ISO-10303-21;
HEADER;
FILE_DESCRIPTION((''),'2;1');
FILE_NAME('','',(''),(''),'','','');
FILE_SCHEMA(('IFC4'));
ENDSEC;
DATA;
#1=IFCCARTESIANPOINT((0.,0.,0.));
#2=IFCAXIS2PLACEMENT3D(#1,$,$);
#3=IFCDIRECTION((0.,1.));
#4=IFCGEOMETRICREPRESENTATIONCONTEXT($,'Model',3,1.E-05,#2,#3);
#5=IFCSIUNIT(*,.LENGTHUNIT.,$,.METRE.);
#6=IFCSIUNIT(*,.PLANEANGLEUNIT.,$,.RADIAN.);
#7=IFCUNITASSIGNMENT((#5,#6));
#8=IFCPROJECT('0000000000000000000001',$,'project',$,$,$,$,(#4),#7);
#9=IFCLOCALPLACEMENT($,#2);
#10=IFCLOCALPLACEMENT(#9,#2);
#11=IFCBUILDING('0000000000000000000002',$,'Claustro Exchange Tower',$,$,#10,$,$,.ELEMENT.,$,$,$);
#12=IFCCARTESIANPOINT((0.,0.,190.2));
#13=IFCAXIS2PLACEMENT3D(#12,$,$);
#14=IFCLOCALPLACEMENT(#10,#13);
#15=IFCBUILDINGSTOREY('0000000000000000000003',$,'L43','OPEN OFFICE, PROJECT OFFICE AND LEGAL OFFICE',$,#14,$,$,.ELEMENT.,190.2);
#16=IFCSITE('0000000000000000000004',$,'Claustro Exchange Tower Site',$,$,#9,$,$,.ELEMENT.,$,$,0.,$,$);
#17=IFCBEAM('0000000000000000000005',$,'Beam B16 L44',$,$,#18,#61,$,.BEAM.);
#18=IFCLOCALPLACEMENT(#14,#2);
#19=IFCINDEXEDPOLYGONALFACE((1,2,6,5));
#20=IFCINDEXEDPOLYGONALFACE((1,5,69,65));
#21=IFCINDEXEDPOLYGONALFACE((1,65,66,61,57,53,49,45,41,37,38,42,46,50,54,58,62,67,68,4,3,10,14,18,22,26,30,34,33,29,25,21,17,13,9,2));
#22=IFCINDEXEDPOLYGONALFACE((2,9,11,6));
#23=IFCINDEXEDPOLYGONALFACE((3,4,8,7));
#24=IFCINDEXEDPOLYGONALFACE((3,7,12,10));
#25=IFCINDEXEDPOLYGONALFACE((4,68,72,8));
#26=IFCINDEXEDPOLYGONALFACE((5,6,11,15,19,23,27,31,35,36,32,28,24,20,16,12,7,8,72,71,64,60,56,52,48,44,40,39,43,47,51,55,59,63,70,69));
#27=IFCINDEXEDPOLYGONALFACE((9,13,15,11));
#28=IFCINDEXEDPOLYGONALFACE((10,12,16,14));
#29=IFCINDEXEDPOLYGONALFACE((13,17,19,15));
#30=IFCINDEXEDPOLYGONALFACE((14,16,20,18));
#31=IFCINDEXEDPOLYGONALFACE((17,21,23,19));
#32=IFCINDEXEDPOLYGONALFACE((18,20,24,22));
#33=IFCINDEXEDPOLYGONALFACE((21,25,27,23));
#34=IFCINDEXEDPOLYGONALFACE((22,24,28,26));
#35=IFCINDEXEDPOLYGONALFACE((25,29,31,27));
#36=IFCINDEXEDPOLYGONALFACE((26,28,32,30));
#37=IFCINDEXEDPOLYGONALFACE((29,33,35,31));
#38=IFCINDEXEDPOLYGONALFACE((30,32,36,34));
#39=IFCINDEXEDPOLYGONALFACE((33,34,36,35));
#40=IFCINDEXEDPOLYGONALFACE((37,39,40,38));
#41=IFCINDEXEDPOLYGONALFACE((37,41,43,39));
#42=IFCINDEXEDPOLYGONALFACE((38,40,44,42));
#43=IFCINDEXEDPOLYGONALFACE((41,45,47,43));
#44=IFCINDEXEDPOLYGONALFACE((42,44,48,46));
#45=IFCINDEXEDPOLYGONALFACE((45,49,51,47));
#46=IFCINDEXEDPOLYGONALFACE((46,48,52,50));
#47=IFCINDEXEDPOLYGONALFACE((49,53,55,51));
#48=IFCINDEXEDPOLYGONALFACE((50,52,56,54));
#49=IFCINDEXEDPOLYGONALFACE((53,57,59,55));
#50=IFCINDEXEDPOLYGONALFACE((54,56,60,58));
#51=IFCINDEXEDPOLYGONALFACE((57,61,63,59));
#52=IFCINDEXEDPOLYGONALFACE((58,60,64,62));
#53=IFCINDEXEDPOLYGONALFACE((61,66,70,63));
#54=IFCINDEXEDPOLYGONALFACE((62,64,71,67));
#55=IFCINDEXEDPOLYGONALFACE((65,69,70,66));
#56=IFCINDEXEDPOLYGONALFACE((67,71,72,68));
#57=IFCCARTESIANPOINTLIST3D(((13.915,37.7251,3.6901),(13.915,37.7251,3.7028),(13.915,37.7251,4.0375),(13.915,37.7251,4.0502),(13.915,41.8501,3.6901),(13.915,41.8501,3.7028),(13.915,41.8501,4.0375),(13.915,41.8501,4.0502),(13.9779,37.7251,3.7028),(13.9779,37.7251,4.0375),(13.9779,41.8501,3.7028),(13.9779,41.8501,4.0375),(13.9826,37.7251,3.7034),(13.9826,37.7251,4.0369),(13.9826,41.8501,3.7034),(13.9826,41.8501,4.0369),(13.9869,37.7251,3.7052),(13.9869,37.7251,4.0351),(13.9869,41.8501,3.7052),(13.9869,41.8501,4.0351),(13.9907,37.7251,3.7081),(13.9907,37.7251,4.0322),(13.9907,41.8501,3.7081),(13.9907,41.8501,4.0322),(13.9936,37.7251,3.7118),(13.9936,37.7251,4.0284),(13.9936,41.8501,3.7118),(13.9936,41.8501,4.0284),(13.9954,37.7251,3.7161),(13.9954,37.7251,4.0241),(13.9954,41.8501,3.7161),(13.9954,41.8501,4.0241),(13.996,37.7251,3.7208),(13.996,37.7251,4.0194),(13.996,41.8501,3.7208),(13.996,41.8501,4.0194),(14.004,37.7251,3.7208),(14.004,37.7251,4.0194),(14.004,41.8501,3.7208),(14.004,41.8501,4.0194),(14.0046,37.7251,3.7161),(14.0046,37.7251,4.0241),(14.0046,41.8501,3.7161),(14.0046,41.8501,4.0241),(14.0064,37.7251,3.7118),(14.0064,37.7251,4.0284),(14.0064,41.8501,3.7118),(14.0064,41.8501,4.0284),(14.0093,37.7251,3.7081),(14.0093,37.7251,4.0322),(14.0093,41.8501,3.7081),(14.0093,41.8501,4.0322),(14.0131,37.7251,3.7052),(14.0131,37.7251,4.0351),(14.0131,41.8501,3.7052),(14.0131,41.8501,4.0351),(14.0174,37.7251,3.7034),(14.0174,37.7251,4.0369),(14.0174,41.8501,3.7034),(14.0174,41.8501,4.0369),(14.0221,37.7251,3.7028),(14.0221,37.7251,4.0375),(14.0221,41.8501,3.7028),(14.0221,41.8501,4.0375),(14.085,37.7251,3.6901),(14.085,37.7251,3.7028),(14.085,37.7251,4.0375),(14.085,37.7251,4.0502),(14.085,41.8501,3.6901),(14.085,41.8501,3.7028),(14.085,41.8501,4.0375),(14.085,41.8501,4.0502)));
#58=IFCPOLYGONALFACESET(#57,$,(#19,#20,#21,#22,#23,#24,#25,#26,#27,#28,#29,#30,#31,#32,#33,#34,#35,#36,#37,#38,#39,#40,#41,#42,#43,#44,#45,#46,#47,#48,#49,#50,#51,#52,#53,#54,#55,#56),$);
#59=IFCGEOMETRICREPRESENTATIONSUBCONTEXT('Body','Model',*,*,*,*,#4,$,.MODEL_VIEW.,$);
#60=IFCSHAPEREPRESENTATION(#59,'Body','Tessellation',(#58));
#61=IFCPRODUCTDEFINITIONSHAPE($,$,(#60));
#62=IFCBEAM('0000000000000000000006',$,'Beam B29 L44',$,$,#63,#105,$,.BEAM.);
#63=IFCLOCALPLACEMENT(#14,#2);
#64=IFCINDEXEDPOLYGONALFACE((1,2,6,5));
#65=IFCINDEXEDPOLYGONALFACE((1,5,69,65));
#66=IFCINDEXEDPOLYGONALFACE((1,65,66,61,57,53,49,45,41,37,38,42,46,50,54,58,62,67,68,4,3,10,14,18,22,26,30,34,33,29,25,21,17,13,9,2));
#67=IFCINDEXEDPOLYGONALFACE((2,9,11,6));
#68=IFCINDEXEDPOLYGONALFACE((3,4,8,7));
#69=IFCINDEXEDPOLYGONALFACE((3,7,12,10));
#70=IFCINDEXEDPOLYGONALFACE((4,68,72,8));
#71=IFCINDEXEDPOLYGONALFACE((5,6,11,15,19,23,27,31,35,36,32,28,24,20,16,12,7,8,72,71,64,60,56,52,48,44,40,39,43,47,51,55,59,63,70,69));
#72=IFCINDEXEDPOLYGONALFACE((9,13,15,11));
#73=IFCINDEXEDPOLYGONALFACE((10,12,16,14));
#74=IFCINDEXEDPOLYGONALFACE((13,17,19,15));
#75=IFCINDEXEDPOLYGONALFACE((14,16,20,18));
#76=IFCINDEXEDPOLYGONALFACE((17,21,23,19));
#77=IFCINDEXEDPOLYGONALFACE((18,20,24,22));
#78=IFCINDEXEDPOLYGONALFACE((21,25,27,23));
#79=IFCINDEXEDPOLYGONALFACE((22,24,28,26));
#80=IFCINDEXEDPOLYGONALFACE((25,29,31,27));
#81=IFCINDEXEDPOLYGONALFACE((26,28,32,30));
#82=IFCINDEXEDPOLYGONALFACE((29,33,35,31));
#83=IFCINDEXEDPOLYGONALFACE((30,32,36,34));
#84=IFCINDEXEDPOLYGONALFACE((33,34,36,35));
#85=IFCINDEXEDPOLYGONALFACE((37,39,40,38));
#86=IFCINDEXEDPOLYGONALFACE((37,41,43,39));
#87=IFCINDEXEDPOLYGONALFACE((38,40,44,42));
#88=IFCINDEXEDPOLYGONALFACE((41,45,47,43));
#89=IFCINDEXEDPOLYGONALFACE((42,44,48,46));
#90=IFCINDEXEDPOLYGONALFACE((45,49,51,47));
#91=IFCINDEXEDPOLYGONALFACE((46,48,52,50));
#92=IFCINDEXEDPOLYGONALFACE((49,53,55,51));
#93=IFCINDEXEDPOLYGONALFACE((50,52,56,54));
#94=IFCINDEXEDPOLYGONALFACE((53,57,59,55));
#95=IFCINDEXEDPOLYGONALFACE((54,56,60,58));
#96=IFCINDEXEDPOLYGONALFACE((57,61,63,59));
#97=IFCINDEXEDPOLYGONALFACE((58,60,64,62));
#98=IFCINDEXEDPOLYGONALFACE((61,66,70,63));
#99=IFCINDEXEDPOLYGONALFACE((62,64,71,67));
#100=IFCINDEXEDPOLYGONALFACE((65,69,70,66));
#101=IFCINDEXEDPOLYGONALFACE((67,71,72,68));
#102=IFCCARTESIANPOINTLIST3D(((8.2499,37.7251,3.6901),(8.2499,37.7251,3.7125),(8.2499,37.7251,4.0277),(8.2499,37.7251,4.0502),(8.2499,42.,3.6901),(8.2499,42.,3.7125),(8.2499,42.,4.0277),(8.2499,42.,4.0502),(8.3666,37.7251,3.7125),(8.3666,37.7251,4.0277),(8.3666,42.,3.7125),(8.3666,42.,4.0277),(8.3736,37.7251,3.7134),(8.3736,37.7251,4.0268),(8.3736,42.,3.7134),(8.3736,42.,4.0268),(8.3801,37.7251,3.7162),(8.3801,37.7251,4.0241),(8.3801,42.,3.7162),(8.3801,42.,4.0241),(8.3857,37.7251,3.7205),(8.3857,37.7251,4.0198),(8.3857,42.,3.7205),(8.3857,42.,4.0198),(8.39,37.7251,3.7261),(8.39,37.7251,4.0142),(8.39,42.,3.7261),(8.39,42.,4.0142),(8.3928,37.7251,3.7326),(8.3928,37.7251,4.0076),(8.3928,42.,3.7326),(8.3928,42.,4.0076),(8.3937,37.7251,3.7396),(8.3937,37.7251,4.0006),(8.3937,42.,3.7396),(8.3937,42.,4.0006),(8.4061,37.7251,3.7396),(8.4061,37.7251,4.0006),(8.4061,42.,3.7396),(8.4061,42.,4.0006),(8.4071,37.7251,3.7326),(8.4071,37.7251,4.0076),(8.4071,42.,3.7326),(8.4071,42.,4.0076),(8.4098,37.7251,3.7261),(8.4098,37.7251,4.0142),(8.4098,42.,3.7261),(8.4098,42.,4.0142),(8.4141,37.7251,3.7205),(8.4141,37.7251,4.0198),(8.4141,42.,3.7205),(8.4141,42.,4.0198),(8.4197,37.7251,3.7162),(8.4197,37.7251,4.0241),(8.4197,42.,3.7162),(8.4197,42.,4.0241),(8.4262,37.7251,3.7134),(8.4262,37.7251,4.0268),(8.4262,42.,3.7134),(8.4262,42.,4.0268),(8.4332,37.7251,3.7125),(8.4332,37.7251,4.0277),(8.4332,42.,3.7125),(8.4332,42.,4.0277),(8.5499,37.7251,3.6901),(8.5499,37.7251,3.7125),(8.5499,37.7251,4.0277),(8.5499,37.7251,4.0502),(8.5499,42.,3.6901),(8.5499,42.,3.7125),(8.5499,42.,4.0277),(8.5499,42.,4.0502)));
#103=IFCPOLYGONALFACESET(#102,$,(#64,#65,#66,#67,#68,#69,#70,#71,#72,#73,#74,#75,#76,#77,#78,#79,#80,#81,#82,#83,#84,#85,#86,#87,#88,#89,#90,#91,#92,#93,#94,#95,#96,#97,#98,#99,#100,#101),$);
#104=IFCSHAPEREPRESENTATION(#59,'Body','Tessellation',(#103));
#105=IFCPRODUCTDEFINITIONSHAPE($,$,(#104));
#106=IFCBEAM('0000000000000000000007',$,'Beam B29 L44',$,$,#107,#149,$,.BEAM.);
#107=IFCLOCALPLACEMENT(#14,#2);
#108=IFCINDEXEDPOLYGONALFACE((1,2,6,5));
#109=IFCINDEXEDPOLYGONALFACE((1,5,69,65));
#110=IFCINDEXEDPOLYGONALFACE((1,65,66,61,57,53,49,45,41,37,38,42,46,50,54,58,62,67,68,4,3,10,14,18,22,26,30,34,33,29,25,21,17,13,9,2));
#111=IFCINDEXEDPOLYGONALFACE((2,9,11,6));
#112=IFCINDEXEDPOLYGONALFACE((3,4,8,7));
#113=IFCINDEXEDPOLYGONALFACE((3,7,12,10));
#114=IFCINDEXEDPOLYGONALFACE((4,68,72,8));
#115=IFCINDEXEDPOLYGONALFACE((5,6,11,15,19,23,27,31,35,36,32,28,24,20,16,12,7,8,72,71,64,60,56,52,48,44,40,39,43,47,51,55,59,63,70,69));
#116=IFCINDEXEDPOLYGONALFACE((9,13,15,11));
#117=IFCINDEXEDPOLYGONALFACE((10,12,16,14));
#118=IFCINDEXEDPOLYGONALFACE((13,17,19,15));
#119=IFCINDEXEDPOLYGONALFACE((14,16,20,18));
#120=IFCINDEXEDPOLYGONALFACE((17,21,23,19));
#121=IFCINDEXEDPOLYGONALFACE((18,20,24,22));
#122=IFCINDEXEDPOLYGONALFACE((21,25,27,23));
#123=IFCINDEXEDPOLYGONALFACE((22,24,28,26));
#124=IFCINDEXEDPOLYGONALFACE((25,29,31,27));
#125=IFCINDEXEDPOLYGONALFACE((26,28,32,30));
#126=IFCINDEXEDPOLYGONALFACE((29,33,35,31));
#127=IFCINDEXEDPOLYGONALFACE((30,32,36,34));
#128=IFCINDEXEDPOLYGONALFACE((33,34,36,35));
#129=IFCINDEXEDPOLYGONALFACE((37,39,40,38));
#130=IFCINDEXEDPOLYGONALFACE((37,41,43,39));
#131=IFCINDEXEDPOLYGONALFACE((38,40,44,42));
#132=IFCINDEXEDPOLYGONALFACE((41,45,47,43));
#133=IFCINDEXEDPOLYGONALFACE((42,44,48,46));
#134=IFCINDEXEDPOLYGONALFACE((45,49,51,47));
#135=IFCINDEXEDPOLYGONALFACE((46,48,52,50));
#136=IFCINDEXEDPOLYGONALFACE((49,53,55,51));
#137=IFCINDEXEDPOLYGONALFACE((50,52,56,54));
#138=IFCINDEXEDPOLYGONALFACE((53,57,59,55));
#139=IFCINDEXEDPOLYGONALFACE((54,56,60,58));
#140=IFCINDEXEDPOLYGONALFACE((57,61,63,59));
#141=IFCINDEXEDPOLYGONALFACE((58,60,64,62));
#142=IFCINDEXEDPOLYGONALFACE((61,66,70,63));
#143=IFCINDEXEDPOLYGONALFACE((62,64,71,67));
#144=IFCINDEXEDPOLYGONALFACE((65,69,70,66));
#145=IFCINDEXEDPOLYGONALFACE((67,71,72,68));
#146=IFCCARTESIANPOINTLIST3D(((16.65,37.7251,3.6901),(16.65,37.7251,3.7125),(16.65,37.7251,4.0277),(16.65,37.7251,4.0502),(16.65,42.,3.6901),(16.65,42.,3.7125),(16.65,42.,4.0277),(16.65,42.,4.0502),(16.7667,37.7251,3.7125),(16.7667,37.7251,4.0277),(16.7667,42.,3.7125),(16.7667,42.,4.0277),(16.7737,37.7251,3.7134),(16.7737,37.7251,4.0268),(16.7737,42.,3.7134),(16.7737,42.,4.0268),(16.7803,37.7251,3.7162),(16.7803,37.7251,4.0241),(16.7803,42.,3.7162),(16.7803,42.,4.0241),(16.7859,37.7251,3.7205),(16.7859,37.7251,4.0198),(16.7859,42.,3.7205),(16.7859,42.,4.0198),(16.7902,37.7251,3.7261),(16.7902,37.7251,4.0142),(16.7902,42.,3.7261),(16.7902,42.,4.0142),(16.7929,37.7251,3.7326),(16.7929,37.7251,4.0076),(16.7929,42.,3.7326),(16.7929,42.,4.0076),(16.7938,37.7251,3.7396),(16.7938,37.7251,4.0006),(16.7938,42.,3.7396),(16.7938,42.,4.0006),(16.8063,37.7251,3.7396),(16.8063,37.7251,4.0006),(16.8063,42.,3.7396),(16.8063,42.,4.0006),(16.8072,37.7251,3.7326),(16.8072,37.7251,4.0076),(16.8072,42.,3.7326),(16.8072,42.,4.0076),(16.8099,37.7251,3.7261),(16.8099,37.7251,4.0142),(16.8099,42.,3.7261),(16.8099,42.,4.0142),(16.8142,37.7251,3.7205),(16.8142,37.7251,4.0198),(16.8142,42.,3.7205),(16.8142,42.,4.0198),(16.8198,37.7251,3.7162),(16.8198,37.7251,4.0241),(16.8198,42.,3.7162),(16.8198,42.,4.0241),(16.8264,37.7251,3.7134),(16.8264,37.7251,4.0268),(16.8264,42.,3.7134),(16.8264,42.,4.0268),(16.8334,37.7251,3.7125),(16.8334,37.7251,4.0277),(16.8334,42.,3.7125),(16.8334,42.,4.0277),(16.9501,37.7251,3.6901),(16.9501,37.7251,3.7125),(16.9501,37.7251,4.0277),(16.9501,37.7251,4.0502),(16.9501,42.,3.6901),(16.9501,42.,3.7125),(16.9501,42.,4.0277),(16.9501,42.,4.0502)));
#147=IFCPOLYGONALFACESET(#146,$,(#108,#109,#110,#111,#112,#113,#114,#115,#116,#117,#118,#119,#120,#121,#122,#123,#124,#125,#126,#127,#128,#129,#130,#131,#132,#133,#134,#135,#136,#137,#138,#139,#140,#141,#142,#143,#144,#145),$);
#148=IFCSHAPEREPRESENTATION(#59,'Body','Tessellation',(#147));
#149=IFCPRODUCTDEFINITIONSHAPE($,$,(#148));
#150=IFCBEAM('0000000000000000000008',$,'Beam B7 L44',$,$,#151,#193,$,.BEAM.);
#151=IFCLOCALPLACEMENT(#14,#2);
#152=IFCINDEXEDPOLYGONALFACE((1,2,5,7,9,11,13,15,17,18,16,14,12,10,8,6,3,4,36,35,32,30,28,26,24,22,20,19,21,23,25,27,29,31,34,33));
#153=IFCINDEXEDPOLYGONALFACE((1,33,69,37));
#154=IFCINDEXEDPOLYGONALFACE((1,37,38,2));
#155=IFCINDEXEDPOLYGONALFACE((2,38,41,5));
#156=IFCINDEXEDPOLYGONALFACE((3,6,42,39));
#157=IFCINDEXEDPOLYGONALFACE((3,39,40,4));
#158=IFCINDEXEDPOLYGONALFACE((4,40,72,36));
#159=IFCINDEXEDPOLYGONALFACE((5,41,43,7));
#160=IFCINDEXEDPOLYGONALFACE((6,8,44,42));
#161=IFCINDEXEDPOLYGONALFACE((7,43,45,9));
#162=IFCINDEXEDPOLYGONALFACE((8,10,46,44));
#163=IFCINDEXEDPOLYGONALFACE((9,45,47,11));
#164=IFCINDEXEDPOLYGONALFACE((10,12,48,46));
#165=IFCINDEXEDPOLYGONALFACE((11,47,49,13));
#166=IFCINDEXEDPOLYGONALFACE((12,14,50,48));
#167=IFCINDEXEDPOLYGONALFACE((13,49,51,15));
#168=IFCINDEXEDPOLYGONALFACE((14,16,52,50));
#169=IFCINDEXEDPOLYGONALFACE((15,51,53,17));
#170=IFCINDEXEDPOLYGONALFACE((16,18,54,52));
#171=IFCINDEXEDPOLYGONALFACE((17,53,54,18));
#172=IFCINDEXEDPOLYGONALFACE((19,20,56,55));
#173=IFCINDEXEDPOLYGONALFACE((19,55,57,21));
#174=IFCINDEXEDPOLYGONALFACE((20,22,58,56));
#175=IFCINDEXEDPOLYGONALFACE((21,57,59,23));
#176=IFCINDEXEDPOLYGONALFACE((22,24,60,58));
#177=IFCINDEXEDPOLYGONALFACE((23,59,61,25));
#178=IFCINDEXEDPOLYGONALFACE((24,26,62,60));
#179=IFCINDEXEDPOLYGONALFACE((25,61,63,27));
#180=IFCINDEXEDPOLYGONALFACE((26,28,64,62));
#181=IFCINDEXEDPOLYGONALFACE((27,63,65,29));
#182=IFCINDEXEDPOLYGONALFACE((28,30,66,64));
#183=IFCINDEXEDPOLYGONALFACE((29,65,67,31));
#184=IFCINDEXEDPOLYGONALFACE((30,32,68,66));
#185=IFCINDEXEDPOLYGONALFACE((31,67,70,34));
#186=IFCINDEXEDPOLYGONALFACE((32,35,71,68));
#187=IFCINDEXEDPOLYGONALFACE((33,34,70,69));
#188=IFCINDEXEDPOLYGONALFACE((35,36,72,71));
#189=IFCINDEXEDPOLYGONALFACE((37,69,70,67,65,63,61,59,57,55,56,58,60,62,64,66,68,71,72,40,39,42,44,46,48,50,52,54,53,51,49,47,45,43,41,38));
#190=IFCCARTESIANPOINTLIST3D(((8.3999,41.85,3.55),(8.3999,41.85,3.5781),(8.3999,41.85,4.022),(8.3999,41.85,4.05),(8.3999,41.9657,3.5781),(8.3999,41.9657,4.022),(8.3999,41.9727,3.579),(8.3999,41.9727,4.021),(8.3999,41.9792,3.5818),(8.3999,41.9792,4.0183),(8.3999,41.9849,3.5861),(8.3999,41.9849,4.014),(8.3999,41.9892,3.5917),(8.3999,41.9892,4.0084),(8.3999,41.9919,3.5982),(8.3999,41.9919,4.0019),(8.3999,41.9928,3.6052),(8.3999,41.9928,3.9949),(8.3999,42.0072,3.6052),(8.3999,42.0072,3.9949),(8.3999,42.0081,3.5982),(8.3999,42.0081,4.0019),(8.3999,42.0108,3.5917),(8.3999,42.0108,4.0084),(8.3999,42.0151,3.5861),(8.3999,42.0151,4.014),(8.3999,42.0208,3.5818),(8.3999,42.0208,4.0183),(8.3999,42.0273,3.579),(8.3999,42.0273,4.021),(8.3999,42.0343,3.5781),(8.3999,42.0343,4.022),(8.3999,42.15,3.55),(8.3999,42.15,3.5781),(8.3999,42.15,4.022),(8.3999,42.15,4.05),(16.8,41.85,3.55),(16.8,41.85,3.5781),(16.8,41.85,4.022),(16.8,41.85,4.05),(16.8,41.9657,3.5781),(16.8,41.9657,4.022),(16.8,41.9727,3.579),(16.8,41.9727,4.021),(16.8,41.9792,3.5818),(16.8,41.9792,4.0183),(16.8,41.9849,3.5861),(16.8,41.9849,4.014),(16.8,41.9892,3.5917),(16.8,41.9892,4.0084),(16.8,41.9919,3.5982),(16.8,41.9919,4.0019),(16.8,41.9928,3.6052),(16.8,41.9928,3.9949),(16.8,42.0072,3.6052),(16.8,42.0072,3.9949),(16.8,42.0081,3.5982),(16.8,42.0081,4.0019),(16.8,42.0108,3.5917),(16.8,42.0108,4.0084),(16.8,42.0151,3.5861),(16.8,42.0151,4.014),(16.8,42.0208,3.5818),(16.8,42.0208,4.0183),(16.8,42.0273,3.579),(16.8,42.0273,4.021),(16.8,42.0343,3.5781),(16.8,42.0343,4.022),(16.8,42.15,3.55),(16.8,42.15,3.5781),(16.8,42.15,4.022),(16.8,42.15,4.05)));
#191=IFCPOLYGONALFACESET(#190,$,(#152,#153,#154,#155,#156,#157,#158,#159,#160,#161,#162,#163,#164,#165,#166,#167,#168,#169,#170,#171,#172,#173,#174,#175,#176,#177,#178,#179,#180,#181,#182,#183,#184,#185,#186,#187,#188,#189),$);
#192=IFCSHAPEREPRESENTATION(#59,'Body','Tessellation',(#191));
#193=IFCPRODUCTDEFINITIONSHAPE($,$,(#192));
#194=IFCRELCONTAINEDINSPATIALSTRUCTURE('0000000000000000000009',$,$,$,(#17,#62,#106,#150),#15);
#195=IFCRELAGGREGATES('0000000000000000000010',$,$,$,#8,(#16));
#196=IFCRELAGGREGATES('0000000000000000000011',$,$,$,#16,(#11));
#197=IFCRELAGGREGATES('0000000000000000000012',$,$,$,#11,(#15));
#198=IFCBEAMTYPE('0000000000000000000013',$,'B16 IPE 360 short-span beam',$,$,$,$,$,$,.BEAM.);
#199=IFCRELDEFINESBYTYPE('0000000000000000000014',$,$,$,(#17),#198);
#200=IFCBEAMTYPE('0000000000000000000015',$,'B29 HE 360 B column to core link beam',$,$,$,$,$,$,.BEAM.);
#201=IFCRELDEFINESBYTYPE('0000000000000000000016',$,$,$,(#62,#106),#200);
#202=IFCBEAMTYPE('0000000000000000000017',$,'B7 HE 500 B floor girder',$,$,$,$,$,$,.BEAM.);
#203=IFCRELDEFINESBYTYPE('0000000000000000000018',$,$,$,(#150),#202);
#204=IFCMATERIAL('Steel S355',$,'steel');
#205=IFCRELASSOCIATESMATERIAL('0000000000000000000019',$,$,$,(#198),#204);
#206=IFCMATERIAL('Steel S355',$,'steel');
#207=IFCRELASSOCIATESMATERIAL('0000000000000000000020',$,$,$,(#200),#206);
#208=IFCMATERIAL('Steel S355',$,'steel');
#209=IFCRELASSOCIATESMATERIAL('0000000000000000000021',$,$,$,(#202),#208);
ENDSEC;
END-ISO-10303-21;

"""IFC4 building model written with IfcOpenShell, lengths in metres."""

from ifc_helpers import new_model, si_unit, direction, frame, origin, origin_2d, place, context, subcontext, project, spatial, i_section, extrude, material, material_profile, profile_set, type_object, element, save


model = new_model("IFC4")

# Units and contexts
model_context = context("Model", 3, precision=1e-05, world=origin(), true_north=direction((0.0, 1.0)))
body_context = subcontext(model_context, "Body", "Model", "MODEL_VIEW")
ifc_project = project(units=[si_unit("LENGTHUNIT", "METRE"), si_unit("PLANEANGLEUNIT", "RADIAN")], contexts=[model_context])

# Site, building, storey
site_placement = place(None, origin())
site = spatial("IfcSite", under=ifc_project, at=site_placement, Name="Claustro Exchange Tower Site", CompositionType="ELEMENT", RefElevation=0.0)
building_placement = place(site_placement, origin())
building = spatial("IfcBuilding", under=site, at=building_placement, Name="Claustro Exchange Tower", CompositionType="ELEMENT")
storey_placement = place(building_placement, frame((0.0, 0.0, 190.2)))
storey = spatial("IfcBuildingStorey", under=building, at=storey_placement, Name="L43", Description="OPEN OFFICE, PROJECT OFFICE AND LEGAL OFFICE", CompositionType="ELEMENT", Elevation=190.2)

# Beams
ifc_material_1 = material(Name="Steel S355", Category="steel")
ifc_material_profile_1 = material_profile(ifc_material_1, i_section(OverallWidth=0.1699, OverallDepth=0.3601, WebThickness=0.0081, FlangeThickness=0.0127, FilletRadius=0.0181, at=origin_2d()), Name="IPE 360")
ifc_profile_set_1 = profile_set([ifc_material_profile_1], Name="Steel S355")
beam_type_1 = type_object("IfcBeamType", Name="B16 IPE 360 short-span beam", PredefinedType="BEAM", material=ifc_profile_set_1)
for number, where, z_axis, x_axis, name in (
    (1, (14.0, 37.7251, 3.8701), (0.0, 1.0, 0.0), (-1.0, 0.0, 0.0), "Beam B16 L44"),
):
    element("IfcBeam", number, at=place(storey_placement, frame(where, z_axis=z_axis, x_axis=x_axis)), inside=storey, type_object=beam_type_1, Name=name, PredefinedType="BEAM", context=body_context, shape_type="SweptSolid", body=[
        extrude(i_section(OverallWidth=0.1699, OverallDepth=0.3601, WebThickness=0.0081, FlangeThickness=0.0127, FilletRadius=0.0181, at=origin_2d()), origin(), (0.0, 0.0, 1.0), 4.125),
    ])
ifc_material_2 = material(Name="Steel S355", Category="steel")
ifc_material_profile_2 = material_profile(ifc_material_2, i_section(OverallWidth=0.3, OverallDepth=0.3601, WebThickness=0.0125, FlangeThickness=0.0225, FilletRadius=0.0271, at=origin_2d()), Name="HE 360 B")
ifc_profile_set_2 = profile_set([ifc_material_profile_2], Name="Steel S355")
beam_type_2 = type_object("IfcBeamType", Name="B29 HE 360 B column to core link beam", PredefinedType="BEAM", material=ifc_profile_set_2)
for number, where, z_axis, x_axis, name in (
    (2, (8.3999, 37.7251, 3.8701), (0.0, 1.0, 0.0), (-1.0, 0.0, 0.0), "Beam B29 L44"),
    (3, (16.8, 37.7251, 3.8701), (0.0, 1.0, 0.0), (-1.0, 0.0, 0.0), "Beam B29 L44"),
):
    element("IfcBeam", number, at=place(storey_placement, frame(where, z_axis=z_axis, x_axis=x_axis)), inside=storey, type_object=beam_type_2, Name=name, PredefinedType="BEAM", context=body_context, shape_type="SweptSolid", body=[
        extrude(i_section(OverallWidth=0.3, OverallDepth=0.3601, WebThickness=0.0125, FlangeThickness=0.0225, FilletRadius=0.0271, at=origin_2d()), origin(), (0.0, 0.0, 1.0), 4.2749),
    ])
ifc_material_3 = material(Name="Steel S355", Category="steel")
ifc_material_profile_3 = material_profile(ifc_material_3, i_section(OverallWidth=0.3, OverallDepth=0.5, WebThickness=0.0144, FlangeThickness=0.0281, FilletRadius=0.0271, at=origin_2d()), Name="HE 500 B")
ifc_profile_set_3 = profile_set([ifc_material_profile_3], Name="Steel S355")
beam_type_3 = type_object("IfcBeamType", Name="B7 HE 500 B floor girder", PredefinedType="BEAM", material=ifc_profile_set_3)
beam_1_placement = place(storey_placement, frame((8.3999, 42.0, 3.8), z_axis=(1.0, 0.0, 0.0), x_axis=(0.0, 1.0, 0.0)))
element("IfcBeam", 4, at=beam_1_placement, inside=storey, type_object=beam_type_3, Name="Beam B7 L44", PredefinedType="BEAM", context=body_context, shape_type="SweptSolid", body=[
    extrude(i_section(OverallWidth=0.3, OverallDepth=0.5, WebThickness=0.0144, FlangeThickness=0.0281, FilletRadius=0.0271, at=origin_2d()), origin(), (0.0, 0.0, 1.0), 8.4001),
])

save(model, "model.ifc")
